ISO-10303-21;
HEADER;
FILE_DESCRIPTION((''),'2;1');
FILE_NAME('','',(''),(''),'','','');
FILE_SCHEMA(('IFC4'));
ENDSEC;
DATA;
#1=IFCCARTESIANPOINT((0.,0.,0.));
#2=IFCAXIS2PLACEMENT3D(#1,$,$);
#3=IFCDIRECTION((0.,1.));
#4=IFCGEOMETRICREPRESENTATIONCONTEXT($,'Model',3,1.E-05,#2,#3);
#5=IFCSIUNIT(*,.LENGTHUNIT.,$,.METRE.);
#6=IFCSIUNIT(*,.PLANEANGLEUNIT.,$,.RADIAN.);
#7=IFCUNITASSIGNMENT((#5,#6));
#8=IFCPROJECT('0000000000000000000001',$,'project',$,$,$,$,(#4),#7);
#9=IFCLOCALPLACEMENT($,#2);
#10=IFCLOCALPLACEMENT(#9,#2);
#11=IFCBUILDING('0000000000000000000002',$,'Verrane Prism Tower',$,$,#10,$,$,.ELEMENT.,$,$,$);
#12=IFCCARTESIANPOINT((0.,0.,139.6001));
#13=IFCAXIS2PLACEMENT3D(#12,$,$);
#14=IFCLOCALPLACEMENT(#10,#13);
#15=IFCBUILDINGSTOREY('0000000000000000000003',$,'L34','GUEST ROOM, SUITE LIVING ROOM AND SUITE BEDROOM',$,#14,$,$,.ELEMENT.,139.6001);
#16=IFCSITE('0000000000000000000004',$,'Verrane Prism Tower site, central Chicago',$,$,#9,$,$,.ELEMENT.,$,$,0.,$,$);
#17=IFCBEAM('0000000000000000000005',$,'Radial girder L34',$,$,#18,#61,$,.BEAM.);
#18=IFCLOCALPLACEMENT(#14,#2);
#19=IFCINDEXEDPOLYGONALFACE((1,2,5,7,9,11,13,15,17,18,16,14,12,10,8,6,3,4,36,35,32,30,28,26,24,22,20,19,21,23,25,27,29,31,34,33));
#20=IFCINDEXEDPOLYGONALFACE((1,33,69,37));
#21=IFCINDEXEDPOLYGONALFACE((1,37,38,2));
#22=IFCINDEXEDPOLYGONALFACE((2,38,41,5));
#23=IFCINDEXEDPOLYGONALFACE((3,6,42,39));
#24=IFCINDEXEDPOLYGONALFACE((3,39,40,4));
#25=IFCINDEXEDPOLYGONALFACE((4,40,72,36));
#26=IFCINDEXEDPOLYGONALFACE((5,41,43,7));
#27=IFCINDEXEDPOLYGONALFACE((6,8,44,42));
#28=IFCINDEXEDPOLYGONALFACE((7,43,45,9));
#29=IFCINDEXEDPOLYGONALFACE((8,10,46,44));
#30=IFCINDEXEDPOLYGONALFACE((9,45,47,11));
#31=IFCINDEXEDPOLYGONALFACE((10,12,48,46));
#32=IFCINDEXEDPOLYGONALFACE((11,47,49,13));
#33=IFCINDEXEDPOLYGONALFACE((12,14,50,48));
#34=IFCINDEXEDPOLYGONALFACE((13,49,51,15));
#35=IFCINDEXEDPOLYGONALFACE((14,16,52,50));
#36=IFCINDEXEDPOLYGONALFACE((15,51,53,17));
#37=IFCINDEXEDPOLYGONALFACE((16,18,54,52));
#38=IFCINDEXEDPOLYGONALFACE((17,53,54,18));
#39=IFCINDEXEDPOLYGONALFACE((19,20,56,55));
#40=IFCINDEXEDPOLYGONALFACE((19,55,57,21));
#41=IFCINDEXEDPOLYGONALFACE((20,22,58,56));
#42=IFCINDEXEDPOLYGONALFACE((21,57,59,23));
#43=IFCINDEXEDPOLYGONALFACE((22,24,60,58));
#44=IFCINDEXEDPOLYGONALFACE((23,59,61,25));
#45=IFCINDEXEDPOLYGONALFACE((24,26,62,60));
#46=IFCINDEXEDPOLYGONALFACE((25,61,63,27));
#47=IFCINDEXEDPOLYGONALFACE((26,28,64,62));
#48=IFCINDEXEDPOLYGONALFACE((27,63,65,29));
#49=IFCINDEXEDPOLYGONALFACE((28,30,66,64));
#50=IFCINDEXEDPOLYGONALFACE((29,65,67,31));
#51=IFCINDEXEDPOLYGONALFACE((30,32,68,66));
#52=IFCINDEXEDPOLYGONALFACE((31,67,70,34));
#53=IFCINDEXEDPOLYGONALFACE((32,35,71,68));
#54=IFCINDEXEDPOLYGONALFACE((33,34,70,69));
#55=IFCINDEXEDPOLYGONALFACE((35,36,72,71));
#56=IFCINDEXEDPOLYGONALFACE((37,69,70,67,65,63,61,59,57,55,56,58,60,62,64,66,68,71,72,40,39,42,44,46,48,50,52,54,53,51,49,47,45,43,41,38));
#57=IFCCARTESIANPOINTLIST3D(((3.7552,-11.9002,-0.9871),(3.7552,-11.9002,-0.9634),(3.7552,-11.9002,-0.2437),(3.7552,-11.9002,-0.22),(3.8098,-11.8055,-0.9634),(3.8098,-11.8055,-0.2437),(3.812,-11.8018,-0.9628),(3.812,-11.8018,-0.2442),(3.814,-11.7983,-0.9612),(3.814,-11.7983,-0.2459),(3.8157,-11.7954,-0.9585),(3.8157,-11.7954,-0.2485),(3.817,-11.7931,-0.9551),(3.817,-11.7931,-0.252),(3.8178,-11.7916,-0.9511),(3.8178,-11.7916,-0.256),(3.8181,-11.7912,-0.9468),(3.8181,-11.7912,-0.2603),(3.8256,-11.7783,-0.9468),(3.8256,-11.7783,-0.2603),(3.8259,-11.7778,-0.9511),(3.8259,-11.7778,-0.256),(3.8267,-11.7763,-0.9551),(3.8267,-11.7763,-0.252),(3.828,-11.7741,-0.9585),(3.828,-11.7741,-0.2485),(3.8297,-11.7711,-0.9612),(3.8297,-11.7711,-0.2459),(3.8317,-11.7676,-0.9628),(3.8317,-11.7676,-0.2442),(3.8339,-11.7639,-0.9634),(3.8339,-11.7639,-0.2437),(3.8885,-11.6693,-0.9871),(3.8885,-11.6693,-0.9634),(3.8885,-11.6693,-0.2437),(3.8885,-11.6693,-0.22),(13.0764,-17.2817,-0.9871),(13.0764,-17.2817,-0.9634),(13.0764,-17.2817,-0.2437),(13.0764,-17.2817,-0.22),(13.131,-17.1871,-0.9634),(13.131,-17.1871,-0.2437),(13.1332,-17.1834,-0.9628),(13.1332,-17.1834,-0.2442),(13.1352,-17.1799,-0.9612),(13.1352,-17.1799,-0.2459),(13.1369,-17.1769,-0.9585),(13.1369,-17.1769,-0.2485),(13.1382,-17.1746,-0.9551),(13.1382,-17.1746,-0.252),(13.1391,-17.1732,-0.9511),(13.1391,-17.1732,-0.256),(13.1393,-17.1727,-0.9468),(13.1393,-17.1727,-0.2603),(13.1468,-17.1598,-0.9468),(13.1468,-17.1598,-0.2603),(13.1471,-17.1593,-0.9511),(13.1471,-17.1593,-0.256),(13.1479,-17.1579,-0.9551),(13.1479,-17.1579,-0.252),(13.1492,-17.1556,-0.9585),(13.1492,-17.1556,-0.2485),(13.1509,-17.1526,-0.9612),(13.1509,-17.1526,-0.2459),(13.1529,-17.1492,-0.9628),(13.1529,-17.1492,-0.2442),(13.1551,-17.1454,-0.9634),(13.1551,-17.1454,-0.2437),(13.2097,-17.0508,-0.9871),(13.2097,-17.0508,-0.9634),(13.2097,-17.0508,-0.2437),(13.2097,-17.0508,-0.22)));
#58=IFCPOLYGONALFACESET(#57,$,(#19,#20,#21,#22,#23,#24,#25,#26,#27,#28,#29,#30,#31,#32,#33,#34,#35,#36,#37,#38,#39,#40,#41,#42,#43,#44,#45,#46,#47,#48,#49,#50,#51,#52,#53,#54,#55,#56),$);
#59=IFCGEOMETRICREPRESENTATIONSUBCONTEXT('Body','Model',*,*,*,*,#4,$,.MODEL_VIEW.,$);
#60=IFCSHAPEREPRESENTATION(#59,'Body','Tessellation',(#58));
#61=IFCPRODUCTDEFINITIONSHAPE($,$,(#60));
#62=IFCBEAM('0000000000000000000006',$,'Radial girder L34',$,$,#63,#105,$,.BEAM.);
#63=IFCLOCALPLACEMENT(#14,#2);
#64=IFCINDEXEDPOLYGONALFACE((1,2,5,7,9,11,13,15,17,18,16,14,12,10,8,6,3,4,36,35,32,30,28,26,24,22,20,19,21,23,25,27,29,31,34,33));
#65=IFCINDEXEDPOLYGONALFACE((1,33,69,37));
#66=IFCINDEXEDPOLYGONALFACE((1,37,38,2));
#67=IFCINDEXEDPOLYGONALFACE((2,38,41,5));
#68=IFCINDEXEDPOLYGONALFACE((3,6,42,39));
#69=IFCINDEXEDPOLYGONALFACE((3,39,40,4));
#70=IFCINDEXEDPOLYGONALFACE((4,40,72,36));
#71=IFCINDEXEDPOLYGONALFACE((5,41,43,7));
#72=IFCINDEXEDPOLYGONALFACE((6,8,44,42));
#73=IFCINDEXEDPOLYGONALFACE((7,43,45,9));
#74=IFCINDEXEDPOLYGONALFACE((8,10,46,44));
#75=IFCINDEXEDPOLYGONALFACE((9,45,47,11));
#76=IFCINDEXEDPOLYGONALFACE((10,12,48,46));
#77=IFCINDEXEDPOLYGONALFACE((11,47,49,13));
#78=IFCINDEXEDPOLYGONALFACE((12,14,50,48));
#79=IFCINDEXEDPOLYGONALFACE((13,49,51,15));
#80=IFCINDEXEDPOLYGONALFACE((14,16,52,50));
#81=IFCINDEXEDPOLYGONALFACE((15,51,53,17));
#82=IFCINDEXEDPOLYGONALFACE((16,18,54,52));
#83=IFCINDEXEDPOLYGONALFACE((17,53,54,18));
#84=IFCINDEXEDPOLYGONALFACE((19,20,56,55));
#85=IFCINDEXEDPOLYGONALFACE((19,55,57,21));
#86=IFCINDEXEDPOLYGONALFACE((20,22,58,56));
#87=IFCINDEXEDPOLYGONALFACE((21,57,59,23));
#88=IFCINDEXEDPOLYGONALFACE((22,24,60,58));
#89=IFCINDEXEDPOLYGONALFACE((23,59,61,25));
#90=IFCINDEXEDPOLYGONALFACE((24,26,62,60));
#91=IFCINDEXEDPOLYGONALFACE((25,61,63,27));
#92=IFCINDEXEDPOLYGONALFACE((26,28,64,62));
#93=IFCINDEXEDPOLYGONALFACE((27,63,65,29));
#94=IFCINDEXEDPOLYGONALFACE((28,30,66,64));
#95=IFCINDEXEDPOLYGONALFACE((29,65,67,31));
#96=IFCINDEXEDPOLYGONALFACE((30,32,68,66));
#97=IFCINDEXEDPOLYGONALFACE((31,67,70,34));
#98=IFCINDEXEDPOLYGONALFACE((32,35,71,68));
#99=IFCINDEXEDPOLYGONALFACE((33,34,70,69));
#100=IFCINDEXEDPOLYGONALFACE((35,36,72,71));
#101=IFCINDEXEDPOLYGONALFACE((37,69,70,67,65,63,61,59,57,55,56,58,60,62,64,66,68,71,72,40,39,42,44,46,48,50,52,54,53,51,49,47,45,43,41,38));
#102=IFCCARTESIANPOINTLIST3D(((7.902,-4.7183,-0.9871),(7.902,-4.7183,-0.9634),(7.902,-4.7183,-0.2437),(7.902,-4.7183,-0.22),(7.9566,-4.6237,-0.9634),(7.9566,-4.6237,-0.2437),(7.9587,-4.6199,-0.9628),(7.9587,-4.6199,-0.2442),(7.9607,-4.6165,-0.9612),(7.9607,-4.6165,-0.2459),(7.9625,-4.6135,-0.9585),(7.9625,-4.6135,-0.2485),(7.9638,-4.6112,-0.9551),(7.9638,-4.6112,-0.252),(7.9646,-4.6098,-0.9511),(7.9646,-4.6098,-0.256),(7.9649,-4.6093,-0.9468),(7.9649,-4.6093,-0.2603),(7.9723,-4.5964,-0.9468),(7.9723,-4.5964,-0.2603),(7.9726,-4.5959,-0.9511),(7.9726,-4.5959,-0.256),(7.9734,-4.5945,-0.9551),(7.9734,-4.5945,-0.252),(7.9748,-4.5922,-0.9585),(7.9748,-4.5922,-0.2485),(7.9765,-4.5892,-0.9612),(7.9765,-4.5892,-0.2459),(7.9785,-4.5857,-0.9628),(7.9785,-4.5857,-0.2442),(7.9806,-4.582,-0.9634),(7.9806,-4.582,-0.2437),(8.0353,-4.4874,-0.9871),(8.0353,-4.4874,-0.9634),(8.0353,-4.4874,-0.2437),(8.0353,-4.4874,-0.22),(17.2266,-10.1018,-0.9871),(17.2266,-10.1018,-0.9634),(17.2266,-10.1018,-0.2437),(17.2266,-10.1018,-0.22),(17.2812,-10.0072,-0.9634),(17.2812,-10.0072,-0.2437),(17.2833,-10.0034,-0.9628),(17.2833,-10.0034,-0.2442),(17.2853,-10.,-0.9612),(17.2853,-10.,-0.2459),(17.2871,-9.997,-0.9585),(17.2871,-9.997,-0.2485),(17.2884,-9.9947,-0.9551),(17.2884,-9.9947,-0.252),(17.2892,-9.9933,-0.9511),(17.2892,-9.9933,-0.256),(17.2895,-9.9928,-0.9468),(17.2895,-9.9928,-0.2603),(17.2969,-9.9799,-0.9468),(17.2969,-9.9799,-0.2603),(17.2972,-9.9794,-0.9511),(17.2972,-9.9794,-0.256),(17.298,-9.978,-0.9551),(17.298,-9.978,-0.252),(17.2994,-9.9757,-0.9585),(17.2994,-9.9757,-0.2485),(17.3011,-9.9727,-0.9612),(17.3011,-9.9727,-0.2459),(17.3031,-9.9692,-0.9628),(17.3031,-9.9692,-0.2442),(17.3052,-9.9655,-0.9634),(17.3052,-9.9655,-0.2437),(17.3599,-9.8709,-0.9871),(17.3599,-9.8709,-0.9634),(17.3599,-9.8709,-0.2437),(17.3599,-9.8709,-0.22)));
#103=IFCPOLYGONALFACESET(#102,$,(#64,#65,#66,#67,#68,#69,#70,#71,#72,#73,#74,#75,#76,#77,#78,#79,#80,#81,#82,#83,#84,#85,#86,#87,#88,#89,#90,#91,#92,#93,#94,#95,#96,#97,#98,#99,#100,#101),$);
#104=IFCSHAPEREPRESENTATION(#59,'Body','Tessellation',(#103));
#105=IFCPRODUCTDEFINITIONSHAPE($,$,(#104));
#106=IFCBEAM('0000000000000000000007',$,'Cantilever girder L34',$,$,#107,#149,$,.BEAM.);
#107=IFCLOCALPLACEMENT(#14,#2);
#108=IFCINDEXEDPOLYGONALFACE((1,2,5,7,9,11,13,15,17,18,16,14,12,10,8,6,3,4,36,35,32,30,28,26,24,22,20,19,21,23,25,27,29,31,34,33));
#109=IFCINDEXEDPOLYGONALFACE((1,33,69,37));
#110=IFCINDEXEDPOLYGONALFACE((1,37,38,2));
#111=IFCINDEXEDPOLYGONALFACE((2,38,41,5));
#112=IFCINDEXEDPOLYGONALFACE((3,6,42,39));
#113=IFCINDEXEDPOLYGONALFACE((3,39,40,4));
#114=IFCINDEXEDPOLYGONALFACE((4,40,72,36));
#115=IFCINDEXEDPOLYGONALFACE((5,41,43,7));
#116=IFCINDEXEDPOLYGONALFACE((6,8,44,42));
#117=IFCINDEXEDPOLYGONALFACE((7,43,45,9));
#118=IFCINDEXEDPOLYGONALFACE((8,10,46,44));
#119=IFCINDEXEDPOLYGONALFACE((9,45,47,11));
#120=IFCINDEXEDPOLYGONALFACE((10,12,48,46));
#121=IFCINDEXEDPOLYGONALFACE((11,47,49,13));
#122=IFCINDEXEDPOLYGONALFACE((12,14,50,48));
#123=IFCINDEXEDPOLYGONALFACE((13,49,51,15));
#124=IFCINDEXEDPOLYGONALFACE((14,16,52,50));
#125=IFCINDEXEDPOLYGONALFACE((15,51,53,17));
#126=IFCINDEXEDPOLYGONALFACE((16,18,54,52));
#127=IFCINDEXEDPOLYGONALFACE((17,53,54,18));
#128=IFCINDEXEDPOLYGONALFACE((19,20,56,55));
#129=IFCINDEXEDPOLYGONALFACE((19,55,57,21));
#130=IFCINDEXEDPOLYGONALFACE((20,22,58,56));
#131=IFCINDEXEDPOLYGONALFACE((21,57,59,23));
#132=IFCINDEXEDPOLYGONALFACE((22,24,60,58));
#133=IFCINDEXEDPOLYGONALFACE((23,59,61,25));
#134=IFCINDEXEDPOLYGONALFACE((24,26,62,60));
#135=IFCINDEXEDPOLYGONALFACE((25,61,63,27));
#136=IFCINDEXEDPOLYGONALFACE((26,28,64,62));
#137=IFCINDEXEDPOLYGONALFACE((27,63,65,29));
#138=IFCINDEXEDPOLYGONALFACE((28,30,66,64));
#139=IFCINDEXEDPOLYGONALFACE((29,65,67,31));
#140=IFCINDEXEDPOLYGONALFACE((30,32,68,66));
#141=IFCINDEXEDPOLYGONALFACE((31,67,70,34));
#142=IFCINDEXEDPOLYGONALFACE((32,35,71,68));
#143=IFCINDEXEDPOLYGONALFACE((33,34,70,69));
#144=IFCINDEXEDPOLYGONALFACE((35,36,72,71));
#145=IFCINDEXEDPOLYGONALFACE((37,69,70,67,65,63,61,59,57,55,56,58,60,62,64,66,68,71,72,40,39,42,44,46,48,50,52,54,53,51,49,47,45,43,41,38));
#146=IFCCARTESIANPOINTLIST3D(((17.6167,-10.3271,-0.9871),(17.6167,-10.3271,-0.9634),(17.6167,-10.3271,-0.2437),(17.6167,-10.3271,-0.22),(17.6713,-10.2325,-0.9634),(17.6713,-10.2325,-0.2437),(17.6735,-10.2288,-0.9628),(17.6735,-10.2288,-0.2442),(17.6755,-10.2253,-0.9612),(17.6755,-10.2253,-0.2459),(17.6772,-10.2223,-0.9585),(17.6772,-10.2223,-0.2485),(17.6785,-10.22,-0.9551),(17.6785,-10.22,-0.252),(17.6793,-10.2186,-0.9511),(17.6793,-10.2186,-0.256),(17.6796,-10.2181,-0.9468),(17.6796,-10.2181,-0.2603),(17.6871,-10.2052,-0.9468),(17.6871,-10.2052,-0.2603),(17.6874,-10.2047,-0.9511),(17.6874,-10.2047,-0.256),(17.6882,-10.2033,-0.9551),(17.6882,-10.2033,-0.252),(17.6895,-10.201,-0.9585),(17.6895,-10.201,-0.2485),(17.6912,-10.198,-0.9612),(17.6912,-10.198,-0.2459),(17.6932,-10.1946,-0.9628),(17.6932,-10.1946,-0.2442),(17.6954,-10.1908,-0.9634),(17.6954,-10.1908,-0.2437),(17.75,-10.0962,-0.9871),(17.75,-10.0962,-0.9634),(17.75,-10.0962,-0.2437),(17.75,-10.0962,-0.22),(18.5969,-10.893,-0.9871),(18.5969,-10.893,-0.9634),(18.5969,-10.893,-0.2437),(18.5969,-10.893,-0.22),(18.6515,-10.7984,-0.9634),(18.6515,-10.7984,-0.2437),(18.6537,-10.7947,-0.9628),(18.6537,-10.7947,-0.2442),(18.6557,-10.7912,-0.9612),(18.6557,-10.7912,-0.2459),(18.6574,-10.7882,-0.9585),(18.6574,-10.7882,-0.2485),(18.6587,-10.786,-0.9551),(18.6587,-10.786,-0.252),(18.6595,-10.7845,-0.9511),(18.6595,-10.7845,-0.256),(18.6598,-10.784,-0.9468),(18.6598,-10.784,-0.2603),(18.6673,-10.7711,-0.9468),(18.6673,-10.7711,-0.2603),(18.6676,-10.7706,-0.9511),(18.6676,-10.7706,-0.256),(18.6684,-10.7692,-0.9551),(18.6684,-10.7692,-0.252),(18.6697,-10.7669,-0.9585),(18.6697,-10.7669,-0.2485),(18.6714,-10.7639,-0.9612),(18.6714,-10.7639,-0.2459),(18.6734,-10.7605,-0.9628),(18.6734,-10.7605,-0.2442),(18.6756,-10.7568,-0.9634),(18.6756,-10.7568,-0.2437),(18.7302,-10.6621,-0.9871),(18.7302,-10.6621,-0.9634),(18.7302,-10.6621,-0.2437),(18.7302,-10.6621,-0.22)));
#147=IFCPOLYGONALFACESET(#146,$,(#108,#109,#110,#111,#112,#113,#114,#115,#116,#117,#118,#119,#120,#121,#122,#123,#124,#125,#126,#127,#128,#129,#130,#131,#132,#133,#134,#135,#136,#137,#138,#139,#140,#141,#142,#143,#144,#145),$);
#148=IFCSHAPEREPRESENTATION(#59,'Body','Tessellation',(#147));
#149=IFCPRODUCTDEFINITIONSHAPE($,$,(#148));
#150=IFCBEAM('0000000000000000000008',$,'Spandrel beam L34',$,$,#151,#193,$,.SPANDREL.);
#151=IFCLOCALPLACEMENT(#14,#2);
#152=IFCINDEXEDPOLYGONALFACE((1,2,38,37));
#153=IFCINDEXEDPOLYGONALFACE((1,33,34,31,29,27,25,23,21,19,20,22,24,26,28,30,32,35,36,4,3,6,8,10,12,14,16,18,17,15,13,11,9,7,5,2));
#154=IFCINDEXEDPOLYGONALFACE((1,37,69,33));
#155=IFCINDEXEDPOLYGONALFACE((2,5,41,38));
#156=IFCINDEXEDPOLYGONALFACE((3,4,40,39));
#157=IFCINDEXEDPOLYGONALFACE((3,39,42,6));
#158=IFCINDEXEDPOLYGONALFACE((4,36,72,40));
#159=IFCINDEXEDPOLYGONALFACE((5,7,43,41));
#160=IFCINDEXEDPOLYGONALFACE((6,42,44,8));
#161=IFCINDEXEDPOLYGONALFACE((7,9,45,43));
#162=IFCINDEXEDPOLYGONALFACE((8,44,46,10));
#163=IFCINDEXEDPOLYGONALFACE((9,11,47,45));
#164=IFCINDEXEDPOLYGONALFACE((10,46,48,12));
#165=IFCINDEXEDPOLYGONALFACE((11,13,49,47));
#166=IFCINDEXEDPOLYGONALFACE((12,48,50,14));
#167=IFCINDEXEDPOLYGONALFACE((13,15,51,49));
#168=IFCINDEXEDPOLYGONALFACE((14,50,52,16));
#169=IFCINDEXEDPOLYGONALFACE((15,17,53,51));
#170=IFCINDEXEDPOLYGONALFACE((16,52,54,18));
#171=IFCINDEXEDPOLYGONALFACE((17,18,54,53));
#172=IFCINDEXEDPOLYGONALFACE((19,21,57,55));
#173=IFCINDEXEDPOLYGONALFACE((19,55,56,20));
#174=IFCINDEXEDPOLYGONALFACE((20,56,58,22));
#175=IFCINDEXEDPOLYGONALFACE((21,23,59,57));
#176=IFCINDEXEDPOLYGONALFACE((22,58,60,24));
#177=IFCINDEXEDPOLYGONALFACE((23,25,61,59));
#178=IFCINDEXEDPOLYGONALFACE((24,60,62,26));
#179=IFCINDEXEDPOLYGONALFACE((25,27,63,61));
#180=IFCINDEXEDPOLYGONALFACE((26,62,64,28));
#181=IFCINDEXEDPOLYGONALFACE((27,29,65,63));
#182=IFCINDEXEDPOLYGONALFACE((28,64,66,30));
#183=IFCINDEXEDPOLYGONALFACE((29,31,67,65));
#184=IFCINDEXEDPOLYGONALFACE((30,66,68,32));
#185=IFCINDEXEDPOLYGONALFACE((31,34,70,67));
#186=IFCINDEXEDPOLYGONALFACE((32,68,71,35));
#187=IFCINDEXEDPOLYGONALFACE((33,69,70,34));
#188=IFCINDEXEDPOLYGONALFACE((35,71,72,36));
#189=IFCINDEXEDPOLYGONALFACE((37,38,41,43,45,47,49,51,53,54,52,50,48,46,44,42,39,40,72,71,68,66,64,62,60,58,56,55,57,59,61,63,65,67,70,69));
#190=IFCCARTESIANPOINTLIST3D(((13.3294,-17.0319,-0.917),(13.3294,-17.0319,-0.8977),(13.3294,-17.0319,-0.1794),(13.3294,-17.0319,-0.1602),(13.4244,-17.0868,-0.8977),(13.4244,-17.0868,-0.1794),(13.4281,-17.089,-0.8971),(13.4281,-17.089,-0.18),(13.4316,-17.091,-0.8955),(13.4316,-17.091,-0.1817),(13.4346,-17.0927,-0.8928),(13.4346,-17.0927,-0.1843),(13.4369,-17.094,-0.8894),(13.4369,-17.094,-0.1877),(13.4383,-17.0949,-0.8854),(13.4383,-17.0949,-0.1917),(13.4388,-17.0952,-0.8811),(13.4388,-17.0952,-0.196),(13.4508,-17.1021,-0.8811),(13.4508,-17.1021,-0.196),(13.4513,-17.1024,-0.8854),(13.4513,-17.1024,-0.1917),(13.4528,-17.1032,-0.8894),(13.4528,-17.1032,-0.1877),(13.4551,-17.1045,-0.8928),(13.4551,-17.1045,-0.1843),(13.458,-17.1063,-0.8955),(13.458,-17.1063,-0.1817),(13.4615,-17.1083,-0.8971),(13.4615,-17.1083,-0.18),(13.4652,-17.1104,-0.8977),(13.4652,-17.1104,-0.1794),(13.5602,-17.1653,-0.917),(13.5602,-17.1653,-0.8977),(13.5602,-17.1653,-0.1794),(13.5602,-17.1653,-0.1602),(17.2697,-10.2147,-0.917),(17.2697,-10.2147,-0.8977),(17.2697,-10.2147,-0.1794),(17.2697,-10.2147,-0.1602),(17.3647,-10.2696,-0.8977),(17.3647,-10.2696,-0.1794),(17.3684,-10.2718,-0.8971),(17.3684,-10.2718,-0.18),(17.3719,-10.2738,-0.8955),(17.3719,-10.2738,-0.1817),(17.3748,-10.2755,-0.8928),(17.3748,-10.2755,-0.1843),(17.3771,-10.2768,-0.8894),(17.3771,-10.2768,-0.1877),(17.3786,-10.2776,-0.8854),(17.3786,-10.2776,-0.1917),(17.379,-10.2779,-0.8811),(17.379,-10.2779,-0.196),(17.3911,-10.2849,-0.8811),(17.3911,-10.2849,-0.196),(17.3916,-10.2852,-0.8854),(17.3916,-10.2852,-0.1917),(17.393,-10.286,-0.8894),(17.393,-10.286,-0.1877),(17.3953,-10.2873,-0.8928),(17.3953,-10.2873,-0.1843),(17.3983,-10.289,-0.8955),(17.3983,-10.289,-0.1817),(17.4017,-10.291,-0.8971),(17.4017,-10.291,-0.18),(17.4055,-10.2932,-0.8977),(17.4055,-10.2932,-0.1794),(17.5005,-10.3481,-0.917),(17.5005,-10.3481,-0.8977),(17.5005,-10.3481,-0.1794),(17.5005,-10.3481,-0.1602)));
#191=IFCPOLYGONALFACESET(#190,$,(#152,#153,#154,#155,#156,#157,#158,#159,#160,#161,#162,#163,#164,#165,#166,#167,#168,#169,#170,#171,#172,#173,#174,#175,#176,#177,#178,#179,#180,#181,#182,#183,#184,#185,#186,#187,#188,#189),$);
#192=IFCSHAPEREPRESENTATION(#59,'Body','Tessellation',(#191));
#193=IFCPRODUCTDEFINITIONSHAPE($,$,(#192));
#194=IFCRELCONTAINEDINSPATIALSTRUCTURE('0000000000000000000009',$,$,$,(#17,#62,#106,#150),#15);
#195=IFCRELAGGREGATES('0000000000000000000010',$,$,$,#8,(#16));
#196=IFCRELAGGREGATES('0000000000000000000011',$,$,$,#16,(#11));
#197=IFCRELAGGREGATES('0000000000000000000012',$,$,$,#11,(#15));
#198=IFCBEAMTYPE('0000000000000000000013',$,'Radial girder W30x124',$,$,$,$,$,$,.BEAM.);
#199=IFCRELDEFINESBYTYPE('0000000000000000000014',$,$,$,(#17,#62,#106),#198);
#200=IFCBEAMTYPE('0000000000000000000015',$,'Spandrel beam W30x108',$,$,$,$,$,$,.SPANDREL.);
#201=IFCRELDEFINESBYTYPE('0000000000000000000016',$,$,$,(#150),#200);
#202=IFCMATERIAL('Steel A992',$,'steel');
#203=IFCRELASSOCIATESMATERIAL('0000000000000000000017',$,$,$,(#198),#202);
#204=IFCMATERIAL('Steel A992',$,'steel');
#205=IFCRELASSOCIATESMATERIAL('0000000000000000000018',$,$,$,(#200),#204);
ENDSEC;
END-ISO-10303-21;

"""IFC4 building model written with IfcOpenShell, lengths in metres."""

from ifc_helpers import new_model, si_unit, direction, frame, origin, origin_2d, place, context, subcontext, project, spatial, i_section, extrude, material, material_profile, profile_set, type_object, element, save


model = new_model("IFC4")

# Units and contexts
model_context = context("Model", 3, precision=1e-05, world=origin(), true_north=direction((0.0, 1.0)))
body_context = subcontext(model_context, "Body", "Model", "MODEL_VIEW")
ifc_project = project(units=[si_unit("LENGTHUNIT", "METRE"), si_unit("PLANEANGLEUNIT", "RADIAN")], contexts=[model_context])

# Site, building, storey
site_placement = place(None, origin())
site = spatial("IfcSite", under=ifc_project, at=site_placement, Name="Verrane Prism Tower site, central Chicago", CompositionType="ELEMENT", RefElevation=0.0)
building_placement = place(site_placement, origin())
building = spatial("IfcBuilding", under=site, at=building_placement, Name="Verrane Prism Tower", CompositionType="ELEMENT")
storey_placement = place(building_placement, frame((0.0, 0.0, 139.6001)))
storey = spatial("IfcBuildingStorey", under=building, at=storey_placement, Name="L34", Description="GUEST ROOM, SUITE LIVING ROOM AND SUITE BEDROOM", CompositionType="ELEMENT", Elevation=139.6001)

# Beams
ifc_material_1 = material(Name="Steel A992", Category="steel")
ifc_material_profile_1 = material_profile(ifc_material_1, i_section(OverallWidth=0.2666, OverallDepth=0.7671, WebThickness=0.0149, FlangeThickness=0.0237, FilletRadius=0.0166, at=origin_2d()), Name="W30x124")
ifc_profile_set_1 = profile_set([ifc_material_profile_1], Name="Steel A992")
beam_type_1 = type_object("IfcBeamType", Name="Radial girder W30x124", PredefinedType="BEAM", material=ifc_profile_set_1)
beam_1_placement = place(storey_placement, frame((13.1431, -17.1663, -0.6035), z_axis=(-0.866028, 0.499996, 0.0), x_axis=(-0.499996, -0.866028, 0.0)))
element("IfcBeam", 1, at=beam_1_placement, inside=storey, type_object=beam_type_1, Name="Radial girder L34", PredefinedType="BEAM", context=body_context, shape_type="SweptSolid", body=[
    extrude(i_section(OverallWidth=0.2666, OverallDepth=0.7671, WebThickness=0.0149, FlangeThickness=0.0237, FilletRadius=0.0166, at=origin_2d()), origin(), (0.0, 0.0, 1.0), 10.7632),
])
beam_2_placement = place(storey_placement, frame((17.2932, -9.9863, -0.6035), z_axis=(-0.866029, 0.499995, 0.0), x_axis=(-0.499995, -0.866029, 0.0)))
element("IfcBeam", 2, at=beam_2_placement, inside=storey, type_object=beam_type_1, Name="Radial girder L34", PredefinedType="BEAM", context=body_context, shape_type="SweptSolid", body=[
    extrude(i_section(OverallWidth=0.2666, OverallDepth=0.7671, WebThickness=0.0149, FlangeThickness=0.0237, FilletRadius=0.0166, at=origin_2d()), origin(), (0.0, 0.0, 1.0), 10.7671),
])
beam_3_placement = place(storey_placement, frame((17.6833, -10.2117, -0.6035), z_axis=(0.866031, -0.49999, 0.0), x_axis=(0.49999, 0.866031, 0.0)))
element("IfcBeam", 3, at=beam_3_placement, inside=storey, type_object=beam_type_1, Name="Cantilever girder L34", PredefinedType="BEAM", context=body_context, shape_type="SweptSolid", body=[
    extrude(i_section(OverallWidth=0.2666, OverallDepth=0.7671, WebThickness=0.0149, FlangeThickness=0.0237, FilletRadius=0.0166, at=origin_2d()), origin(), (0.0, 0.0, 1.0), 1.1318),
])
ifc_material_2 = material(Name="Steel A992", Category="steel")
ifc_material_profile_2 = material_profile(ifc_material_2, i_section(OverallWidth=0.2666, OverallDepth=0.7568, WebThickness=0.0139, FlangeThickness=0.0193, FilletRadius=0.0166, at=origin_2d()), Name="W30x108")
ifc_profile_set_2 = profile_set([ifc_material_profile_2], Name="Steel A992")
beam_type_2 = type_object("IfcBeamType", Name="Spandrel beam W30x108", PredefinedType="SPANDREL", material=ifc_profile_set_2)
beam_4_placement = place(storey_placement, frame((13.4448, -17.0986, -0.5386), z_axis=(0.50041, 0.865788, 0.0), x_axis=(-0.865788, 0.50041, 0.0)))
element("IfcBeam", 4, at=beam_4_placement, inside=storey, type_object=beam_type_2, Name="Spandrel beam L34", PredefinedType="SPANDREL", context=body_context, shape_type="SweptSolid", body=[
    extrude(i_section(OverallWidth=0.2666, OverallDepth=0.7568, WebThickness=0.0139, FlangeThickness=0.0193, FilletRadius=0.0166, at=origin_2d()), origin(), (0.0, 0.0, 1.0), 7.874),
])

save(model, "model.ifc")
